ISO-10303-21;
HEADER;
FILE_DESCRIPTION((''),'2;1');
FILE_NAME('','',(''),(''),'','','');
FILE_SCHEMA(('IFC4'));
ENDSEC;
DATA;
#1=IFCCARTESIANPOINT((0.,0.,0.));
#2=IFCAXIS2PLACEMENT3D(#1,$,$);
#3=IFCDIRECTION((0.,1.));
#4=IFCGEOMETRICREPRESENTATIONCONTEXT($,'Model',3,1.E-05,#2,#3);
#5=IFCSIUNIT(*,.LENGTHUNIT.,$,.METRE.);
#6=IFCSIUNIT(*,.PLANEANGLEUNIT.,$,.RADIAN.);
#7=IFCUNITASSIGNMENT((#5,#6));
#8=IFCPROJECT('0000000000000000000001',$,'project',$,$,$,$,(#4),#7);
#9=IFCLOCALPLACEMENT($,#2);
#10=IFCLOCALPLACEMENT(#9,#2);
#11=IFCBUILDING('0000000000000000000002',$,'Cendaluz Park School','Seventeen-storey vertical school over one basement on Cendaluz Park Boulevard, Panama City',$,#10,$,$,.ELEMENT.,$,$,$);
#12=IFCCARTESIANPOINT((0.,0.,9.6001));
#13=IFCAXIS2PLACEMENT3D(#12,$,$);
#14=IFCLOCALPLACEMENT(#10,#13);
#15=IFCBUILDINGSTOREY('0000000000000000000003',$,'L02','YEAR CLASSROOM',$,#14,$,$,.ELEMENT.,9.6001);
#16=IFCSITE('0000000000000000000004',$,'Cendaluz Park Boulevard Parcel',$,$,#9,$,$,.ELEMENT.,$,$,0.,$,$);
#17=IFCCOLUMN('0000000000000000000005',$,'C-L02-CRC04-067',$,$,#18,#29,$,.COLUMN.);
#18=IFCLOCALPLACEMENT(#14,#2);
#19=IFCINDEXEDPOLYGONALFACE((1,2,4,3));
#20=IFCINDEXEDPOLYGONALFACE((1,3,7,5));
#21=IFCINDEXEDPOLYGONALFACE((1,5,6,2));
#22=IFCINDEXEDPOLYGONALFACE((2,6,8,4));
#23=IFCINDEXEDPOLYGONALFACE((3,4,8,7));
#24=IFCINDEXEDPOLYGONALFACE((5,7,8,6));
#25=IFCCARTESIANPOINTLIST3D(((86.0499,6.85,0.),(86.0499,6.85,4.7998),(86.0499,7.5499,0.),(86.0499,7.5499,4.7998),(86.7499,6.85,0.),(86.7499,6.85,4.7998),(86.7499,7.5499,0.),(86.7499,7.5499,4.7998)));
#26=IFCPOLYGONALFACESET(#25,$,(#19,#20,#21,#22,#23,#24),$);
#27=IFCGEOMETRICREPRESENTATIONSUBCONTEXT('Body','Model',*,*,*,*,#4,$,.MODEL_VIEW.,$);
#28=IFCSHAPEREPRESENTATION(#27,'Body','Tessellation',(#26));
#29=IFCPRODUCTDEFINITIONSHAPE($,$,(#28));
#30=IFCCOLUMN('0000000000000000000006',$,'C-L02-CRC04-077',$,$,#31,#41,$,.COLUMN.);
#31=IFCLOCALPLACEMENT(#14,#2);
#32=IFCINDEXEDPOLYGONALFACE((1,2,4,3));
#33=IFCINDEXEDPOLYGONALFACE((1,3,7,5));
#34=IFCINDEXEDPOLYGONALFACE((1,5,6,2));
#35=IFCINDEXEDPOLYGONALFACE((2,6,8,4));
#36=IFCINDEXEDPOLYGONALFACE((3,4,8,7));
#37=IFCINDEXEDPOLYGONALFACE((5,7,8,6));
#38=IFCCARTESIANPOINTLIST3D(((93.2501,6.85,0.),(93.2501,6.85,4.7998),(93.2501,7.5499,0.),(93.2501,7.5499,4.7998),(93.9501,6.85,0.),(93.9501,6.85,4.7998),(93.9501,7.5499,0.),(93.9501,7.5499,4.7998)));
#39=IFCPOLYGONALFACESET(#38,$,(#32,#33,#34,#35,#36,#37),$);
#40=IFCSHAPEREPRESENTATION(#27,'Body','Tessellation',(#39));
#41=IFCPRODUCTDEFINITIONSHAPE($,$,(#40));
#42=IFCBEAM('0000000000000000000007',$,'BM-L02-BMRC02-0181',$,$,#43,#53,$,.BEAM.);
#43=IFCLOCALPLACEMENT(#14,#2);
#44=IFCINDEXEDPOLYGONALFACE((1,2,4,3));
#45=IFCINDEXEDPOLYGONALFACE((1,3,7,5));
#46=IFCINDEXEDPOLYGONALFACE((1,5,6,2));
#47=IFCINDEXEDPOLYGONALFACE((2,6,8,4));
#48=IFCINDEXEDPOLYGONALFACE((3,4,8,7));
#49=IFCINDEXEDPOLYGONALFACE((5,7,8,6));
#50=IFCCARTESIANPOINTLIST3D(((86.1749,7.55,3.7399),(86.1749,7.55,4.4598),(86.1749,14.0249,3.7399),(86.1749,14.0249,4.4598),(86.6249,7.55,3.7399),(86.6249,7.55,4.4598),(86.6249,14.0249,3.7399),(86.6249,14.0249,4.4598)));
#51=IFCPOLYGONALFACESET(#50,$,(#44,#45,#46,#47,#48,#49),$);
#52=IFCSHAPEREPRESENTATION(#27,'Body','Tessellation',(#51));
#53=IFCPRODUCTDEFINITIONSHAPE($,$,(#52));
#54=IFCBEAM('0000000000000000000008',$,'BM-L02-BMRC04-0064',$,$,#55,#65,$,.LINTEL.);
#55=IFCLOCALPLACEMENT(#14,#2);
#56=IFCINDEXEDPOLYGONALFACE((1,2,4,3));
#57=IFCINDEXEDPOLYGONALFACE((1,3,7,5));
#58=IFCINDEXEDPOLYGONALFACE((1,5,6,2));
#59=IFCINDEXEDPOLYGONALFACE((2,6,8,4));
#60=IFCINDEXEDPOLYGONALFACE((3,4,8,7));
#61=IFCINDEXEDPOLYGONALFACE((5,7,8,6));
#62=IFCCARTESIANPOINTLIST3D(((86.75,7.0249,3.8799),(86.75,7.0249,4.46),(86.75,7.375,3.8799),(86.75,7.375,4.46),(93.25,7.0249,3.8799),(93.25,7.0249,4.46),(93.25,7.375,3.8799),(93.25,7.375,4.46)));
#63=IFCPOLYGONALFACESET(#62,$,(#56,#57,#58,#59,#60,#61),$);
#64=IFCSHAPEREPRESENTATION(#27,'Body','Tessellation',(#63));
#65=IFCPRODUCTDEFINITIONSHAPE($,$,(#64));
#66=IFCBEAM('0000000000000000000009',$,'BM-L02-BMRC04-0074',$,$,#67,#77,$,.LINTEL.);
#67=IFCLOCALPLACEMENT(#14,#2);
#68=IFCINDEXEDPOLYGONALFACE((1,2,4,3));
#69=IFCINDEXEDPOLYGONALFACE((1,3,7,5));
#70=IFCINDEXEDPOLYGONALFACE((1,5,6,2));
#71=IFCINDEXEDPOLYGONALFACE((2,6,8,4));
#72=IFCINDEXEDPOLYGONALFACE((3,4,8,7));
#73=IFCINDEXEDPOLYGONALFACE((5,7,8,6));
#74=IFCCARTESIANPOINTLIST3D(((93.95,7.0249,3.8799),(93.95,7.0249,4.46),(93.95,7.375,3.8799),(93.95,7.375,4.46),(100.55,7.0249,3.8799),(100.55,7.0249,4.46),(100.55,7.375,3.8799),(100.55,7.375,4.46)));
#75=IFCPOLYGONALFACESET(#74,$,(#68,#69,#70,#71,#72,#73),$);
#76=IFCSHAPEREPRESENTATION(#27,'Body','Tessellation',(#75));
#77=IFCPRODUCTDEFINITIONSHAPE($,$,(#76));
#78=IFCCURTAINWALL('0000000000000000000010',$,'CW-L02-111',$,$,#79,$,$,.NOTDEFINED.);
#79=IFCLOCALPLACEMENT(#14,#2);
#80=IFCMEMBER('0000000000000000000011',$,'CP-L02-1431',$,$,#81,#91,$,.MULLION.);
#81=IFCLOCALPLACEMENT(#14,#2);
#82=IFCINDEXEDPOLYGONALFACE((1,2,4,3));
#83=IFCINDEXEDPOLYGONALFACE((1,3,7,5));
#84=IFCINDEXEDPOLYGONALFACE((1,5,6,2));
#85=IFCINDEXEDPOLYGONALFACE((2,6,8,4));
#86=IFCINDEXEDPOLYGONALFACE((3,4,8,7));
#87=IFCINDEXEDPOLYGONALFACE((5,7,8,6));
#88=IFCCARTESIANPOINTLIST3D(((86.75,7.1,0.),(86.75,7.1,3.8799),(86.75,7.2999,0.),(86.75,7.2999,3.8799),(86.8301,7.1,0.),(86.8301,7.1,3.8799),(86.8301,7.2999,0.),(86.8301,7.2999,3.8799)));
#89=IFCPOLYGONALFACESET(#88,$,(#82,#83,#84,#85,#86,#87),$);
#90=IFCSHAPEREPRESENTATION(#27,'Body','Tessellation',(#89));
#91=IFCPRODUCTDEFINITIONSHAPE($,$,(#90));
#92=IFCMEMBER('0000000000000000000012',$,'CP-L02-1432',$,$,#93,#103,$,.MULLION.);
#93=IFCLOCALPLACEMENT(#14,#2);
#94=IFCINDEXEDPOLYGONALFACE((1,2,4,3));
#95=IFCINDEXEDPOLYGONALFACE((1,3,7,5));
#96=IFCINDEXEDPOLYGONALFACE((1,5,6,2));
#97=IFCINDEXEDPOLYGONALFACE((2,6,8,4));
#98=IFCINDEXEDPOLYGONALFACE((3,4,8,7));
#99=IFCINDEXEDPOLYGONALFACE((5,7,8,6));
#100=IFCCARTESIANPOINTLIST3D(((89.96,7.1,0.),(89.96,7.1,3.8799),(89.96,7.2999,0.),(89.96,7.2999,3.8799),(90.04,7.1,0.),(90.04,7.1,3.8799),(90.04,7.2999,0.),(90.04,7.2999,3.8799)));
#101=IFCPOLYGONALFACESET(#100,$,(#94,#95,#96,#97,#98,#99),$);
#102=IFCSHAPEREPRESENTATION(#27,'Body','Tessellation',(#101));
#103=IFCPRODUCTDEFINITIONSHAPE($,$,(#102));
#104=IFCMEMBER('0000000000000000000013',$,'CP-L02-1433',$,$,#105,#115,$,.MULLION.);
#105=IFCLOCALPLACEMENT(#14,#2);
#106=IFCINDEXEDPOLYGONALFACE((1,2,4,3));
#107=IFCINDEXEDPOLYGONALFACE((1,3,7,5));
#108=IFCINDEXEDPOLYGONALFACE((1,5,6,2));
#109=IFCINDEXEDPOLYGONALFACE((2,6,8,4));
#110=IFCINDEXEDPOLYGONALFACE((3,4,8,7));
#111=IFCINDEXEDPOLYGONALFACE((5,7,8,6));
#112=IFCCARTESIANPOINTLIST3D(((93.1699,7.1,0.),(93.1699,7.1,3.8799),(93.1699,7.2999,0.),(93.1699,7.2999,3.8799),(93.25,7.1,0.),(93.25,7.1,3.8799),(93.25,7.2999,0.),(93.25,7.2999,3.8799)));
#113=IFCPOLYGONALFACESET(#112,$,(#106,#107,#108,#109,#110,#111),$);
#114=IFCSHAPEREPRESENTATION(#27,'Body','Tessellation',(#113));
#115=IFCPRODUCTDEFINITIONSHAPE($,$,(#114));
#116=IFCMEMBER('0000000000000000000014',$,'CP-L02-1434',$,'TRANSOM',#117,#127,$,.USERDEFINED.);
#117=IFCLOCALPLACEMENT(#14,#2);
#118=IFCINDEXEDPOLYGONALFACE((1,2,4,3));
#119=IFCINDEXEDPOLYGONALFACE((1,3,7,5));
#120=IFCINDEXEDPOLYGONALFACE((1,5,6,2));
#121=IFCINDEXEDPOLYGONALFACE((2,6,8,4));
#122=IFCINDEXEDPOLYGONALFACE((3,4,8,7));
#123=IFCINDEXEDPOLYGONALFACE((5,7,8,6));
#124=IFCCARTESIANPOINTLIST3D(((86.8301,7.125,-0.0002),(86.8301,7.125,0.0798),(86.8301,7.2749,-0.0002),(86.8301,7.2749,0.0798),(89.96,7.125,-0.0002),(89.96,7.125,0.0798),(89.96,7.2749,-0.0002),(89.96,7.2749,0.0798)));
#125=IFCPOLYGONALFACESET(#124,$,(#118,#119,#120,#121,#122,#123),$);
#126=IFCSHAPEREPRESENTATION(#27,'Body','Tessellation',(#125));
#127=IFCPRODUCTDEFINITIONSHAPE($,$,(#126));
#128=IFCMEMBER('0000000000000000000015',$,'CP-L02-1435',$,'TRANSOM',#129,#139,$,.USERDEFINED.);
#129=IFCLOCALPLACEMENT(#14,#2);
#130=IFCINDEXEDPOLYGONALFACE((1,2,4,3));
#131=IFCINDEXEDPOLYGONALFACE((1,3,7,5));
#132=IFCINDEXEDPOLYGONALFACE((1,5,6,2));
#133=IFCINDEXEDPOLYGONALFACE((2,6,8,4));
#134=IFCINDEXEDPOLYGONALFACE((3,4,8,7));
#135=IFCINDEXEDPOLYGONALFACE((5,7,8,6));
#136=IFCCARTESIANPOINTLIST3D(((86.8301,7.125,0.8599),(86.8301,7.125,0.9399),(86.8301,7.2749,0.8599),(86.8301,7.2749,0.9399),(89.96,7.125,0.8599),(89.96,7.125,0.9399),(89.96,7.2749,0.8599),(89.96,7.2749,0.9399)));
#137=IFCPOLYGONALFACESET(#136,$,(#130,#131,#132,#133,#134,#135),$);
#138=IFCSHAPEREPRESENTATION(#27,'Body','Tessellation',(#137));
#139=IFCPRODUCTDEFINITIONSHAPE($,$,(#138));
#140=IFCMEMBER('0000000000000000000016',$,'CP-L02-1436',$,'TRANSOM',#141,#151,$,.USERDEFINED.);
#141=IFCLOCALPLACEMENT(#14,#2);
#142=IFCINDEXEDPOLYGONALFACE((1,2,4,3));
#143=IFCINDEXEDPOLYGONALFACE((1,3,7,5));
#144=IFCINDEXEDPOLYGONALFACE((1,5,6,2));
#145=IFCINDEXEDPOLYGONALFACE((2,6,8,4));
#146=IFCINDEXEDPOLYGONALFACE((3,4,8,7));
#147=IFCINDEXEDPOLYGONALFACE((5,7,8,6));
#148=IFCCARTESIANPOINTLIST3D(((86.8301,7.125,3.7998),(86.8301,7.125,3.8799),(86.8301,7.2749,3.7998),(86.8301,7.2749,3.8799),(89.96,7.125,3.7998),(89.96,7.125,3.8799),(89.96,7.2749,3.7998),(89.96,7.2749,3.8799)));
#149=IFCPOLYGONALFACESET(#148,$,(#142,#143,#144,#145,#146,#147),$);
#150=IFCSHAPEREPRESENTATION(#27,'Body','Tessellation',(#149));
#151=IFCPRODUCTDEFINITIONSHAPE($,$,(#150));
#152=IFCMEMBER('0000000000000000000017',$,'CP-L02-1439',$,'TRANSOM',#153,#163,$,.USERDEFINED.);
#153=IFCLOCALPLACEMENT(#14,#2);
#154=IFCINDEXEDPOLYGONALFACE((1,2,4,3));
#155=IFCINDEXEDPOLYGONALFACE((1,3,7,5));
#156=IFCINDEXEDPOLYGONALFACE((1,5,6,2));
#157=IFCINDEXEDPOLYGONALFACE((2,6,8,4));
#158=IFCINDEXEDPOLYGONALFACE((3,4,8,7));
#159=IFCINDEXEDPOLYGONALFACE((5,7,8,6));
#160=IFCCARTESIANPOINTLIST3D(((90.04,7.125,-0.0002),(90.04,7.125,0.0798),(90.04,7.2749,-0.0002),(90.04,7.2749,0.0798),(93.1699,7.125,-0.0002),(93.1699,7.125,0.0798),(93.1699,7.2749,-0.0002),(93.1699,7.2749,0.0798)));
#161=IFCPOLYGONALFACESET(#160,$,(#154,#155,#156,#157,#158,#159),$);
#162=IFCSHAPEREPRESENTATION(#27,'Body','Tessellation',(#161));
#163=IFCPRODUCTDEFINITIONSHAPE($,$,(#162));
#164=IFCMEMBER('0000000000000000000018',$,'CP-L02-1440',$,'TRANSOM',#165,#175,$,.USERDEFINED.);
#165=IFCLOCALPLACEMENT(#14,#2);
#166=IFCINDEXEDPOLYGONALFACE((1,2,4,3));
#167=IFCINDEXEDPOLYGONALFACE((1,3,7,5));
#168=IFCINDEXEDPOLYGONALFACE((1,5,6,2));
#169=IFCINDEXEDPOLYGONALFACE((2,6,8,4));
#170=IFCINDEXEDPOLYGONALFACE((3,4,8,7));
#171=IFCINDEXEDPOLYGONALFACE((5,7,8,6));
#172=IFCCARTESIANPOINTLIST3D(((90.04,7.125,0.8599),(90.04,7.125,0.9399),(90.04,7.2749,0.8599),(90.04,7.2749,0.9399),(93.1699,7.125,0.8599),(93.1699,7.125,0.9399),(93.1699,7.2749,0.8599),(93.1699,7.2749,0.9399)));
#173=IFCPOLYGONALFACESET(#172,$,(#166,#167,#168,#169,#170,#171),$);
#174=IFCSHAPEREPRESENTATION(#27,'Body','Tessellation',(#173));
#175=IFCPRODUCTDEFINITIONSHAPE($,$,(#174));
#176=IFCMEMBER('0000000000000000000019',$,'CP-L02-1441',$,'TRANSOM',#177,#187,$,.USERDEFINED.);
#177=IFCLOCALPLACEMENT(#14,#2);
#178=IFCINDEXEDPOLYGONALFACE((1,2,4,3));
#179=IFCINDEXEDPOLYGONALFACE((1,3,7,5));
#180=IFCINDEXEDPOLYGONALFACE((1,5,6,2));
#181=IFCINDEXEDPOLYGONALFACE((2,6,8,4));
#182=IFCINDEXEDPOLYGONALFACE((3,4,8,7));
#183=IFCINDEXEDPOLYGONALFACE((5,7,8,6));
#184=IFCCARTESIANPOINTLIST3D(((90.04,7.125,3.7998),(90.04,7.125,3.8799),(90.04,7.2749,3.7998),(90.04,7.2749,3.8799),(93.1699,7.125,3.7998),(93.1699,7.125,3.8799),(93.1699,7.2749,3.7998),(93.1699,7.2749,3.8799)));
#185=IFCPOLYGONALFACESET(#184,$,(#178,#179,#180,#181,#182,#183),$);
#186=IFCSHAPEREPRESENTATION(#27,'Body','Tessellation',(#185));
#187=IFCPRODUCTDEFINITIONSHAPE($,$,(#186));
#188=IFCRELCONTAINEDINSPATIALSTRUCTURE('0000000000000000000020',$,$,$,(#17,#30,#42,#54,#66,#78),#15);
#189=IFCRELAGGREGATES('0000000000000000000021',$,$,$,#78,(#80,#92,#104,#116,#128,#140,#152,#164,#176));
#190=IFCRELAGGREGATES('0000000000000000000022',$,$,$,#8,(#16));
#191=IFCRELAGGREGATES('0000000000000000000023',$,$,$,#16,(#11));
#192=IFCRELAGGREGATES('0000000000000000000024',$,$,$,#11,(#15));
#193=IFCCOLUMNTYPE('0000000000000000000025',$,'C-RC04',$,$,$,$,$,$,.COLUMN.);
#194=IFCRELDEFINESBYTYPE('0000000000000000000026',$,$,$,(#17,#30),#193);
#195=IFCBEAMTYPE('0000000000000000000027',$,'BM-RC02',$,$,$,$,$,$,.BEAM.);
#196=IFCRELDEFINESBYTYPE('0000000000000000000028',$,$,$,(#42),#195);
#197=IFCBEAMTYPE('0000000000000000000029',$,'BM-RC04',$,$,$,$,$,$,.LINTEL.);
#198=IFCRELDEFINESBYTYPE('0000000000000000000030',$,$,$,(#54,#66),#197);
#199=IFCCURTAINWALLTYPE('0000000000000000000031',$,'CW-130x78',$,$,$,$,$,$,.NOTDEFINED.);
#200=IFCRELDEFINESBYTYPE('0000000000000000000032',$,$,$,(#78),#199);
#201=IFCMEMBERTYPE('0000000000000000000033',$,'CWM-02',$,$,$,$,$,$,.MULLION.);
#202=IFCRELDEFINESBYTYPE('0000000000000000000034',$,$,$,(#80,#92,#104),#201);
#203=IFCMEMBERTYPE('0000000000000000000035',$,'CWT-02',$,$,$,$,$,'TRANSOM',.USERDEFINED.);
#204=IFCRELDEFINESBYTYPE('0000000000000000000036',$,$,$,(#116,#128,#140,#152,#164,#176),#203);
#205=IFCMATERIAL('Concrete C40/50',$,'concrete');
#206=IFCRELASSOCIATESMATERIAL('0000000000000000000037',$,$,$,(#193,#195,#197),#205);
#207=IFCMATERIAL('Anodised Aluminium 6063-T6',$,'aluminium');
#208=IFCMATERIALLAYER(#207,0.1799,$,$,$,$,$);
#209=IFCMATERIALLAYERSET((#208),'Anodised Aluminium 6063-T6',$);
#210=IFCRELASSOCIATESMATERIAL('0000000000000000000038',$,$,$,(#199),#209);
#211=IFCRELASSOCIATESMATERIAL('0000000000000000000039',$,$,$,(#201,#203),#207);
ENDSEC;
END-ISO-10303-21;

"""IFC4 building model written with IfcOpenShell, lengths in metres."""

from ifc_helpers import new_model, si_unit, direction, frame, origin, origin_2d, place, context, subcontext, project, spatial, rectangle, extrude, material, layer, layer_set, material_profile, profile_set, type_object, element, aggregate, save


model = new_model("IFC4")

# Units and contexts
model_context = context("Model", 3, precision=1e-05, world=origin(), true_north=direction((0.0, 1.0)))
body_context = subcontext(model_context, "Body", "Model", "MODEL_VIEW")
ifc_project = project(units=[si_unit("LENGTHUNIT", "METRE"), si_unit("PLANEANGLEUNIT", "RADIAN")], contexts=[model_context])

# Site, building, storey
site_placement = place(None, origin())
site = spatial("IfcSite", under=ifc_project, at=site_placement, Name="Cendaluz Park Boulevard Parcel", CompositionType="ELEMENT", RefElevation=0.0)
building_placement = place(site_placement, origin())
building = spatial("IfcBuilding", under=site, at=building_placement, Name="Cendaluz Park School", Description="Seventeen-storey vertical school over one basement on Cendaluz Park Boulevard, Panama City", CompositionType="ELEMENT")
storey_placement = place(building_placement, frame((0.0, 0.0, 9.6001)))
storey = spatial("IfcBuildingStorey", under=building, at=storey_placement, Name="L02", Description="YEAR CLASSROOM", CompositionType="ELEMENT", Elevation=9.6001)

# Columns
ifc_material_1 = material(Name="Concrete C40/50", Category="concrete")
ifc_material_profile_1 = material_profile(ifc_material_1, rectangle(XDim=0.7, YDim=0.7, at=origin_2d()), Name="RC 700x700", Category="concrete")
ifc_profile_set_1 = profile_set([ifc_material_profile_1], Name="Concrete C40/50")
column_type = type_object("IfcColumnType", Name="C-RC04", PredefinedType="COLUMN", material=ifc_profile_set_1)
for number, where, z_axis, x_axis, name in (
    (1, (86.3999, 7.2, 0.0), (0.0, 0.0, 1.0), (1.0, 0.0, 0.0), "C-L02-CRC04-067"),
    (2, (93.6001, 7.2, 0.0), (0.0, 0.0, 1.0), (1.0, 0.0, 0.0), "C-L02-CRC04-077"),
):
    element("IfcColumn", number, at=place(storey_placement, frame(where, z_axis=z_axis, x_axis=x_axis)), inside=storey, type_object=column_type, Name=name, PredefinedType="COLUMN", context=body_context, shape_type="SweptSolid", body=[
        extrude(rectangle(XDim=0.7, YDim=0.7, at=origin_2d()), origin(), (0.0, 0.0, 1.0), 4.7998),
    ])

# Beams
ifc_material_profile_2 = material_profile(ifc_material_1, rectangle(XDim=0.45, YDim=0.72, at=origin_2d()), Name="RC 450x720", Category="concrete")
ifc_profile_set_2 = profile_set([ifc_material_profile_2], Name="Concrete C40/50")
beam_type_1 = type_object("IfcBeamType", Name="BM-RC02", PredefinedType="BEAM", material=ifc_profile_set_2)
beam_1_placement = place(storey_placement, frame((86.3999, 7.55, 4.0999), z_axis=(0.0, 1.0, 0.0), x_axis=(-1.0, 0.0, 0.0)))
element("IfcBeam", 3, at=beam_1_placement, inside=storey, type_object=beam_type_1, Name="BM-L02-BMRC02-0181", PredefinedType="BEAM", context=body_context, shape_type="SweptSolid", body=[
    extrude(rectangle(XDim=0.45, YDim=0.72, at=origin_2d()), origin(), (0.0, 0.0, 1.0), 6.4749),
])
ifc_material_profile_3 = material_profile(ifc_material_1, rectangle(XDim=0.3501, YDim=0.5801, at=origin_2d()), Name="RC 350x580", Category="concrete")
ifc_profile_set_3 = profile_set([ifc_material_profile_3], Name="Concrete C40/50")
beam_type_2 = type_object("IfcBeamType", Name="BM-RC04", PredefinedType="LINTEL", material=ifc_profile_set_3)
beam_2_placement = place(storey_placement, frame((86.75, 7.2, 4.1699), z_axis=(1.0, 0.0, 0.0), x_axis=(0.0, 1.0, 0.0)))
element("IfcBeam", 4, at=beam_2_placement, inside=storey, type_object=beam_type_2, Name="BM-L02-BMRC04-0064", PredefinedType="LINTEL", context=body_context, shape_type="SweptSolid", body=[
    extrude(rectangle(XDim=0.3501, YDim=0.5801, at=origin_2d()), origin(), (0.0, 0.0, 1.0), 6.5),
])
beam_3_placement = place(storey_placement, frame((93.95, 7.2, 4.1699), z_axis=(1.0, 0.0, 0.0), x_axis=(0.0, 1.0, 0.0)))
element("IfcBeam", 5, at=beam_3_placement, inside=storey, type_object=beam_type_2, Name="BM-L02-BMRC04-0074", PredefinedType="LINTEL", context=body_context, shape_type="SweptSolid", body=[
    extrude(rectangle(XDim=0.3501, YDim=0.5801, at=origin_2d()), origin(), (0.0, 0.0, 1.0), 6.6001),
])

# Curtain wall, members
ifc_material_2 = material(Name="Anodised Aluminium 6063-T6", Category="aluminium")
ifc_layer_1 = layer(ifc_material_2, 0.1799)
ifc_layer_set_1 = layer_set([ifc_layer_1], Name="Anodised Aluminium 6063-T6")
curtain_wall_type = type_object("IfcCurtainWallType", Name="CW-130x78", PredefinedType="NOTDEFINED", material=ifc_layer_set_1)
curtain_wall_placement = place(storey_placement, origin())
curtain_wall = element("IfcCurtainWall", 6, at=curtain_wall_placement, inside=storey, type_object=curtain_wall_type, Name="CW-L02-111", PredefinedType="NOTDEFINED")
ifc_material_profile_4 = material_profile(ifc_material_2, rectangle(XDim=0.2, YDim=0.0801, at=origin_2d()), Name="CWM 200x80", Category="aluminium")
ifc_profile_set_4 = profile_set([ifc_material_profile_4], Name="Anodised Aluminium 6063-T6")
member_type_1 = type_object("IfcMemberType", Name="CWM-02", PredefinedType="MULLION", material=ifc_profile_set_4)
member_1_placement = place(storey_placement, frame((86.79, 7.2, 0.0), z_axis=(0.0, 0.0, 1.0), x_axis=(0.0, 1.0, 0.0)))
member_1 = element("IfcMember", 7, at=member_1_placement, type_object=member_type_1, Name="CP-L02-1431", PredefinedType="MULLION", context=body_context, shape_type="SweptSolid", body=[
    extrude(rectangle(XDim=0.2, YDim=0.0801, at=origin_2d()), origin(), (0.0, 0.0, 1.0), 3.8799),
])
member_2_placement = place(storey_placement, frame((90.0, 7.2, 0.0), z_axis=(0.0, 0.0, 1.0), x_axis=(0.0, 1.0, 0.0)))
member_2 = element("IfcMember", 8, at=member_2_placement, type_object=member_type_1, Name="CP-L02-1432", PredefinedType="MULLION", context=body_context, shape_type="SweptSolid", body=[
    extrude(rectangle(XDim=0.2, YDim=0.0801, at=origin_2d()), origin(), (0.0, 0.0, 1.0), 3.8799),
])
member_3_placement = place(storey_placement, frame((93.21, 7.2, 0.0), z_axis=(0.0, 0.0, 1.0), x_axis=(0.0, 1.0, 0.0)))
member_3 = element("IfcMember", 9, at=member_3_placement, type_object=member_type_1, Name="CP-L02-1433", PredefinedType="MULLION", context=body_context, shape_type="SweptSolid", body=[
    extrude(rectangle(XDim=0.2, YDim=0.0801, at=origin_2d()), origin(), (0.0, 0.0, 1.0), 3.8799),
])
ifc_material_profile_5 = material_profile(ifc_material_2, rectangle(XDim=0.1499, YDim=0.0801, at=origin_2d()), Name="CWT 150x80", Category="aluminium")
ifc_profile_set_5 = profile_set([ifc_material_profile_5], Name="Anodised Aluminium 6063-T6")
member_type_2 = type_object("IfcMemberType", Name="CWT-02", ElementType="TRANSOM", PredefinedType="USERDEFINED", material=ifc_profile_set_5)
member_4_placement = place(storey_placement, frame((86.8301, 7.2, 0.0398), z_axis=(1.0, 0.0, 0.0), x_axis=(0.0, 1.0, 0.0)))
member_4 = element("IfcMember", 10, at=member_4_placement, type_object=member_type_2, Name="CP-L02-1434", ObjectType="TRANSOM", PredefinedType="USERDEFINED", context=body_context, shape_type="SweptSolid", body=[
    extrude(rectangle(XDim=0.1499, YDim=0.0801, at=origin_2d()), origin(), (0.0, 0.0, 1.0), 3.1299),
])
member_5_placement = place(storey_placement, frame((86.8301, 7.2, 0.8999), z_axis=(1.0, 0.0, 0.0), x_axis=(0.0, 1.0, 0.0)))
member_5 = element("IfcMember", 11, at=member_5_placement, type_object=member_type_2, Name="CP-L02-1435", ObjectType="TRANSOM", PredefinedType="USERDEFINED", context=body_context, shape_type="SweptSolid", body=[
    extrude(rectangle(XDim=0.1499, YDim=0.0801, at=origin_2d()), origin(), (0.0, 0.0, 1.0), 3.1299),
])
member_6_placement = place(storey_placement, frame((86.8301, 7.2, 3.8398), z_axis=(1.0, 0.0, 0.0), x_axis=(0.0, 1.0, 0.0)))
member_6 = element("IfcMember", 12, at=member_6_placement, type_object=member_type_2, Name="CP-L02-1436", ObjectType="TRANSOM", PredefinedType="USERDEFINED", context=body_context, shape_type="SweptSolid", body=[
    extrude(rectangle(XDim=0.1499, YDim=0.0801, at=origin_2d()), origin(), (0.0, 0.0, 1.0), 3.1299),
])
member_7_placement = place(storey_placement, frame((90.04, 7.2, 0.0398), z_axis=(1.0, 0.0, 0.0), x_axis=(0.0, 1.0, 0.0)))
member_7 = element("IfcMember", 13, at=member_7_placement, type_object=member_type_2, Name="CP-L02-1439", ObjectType="TRANSOM", PredefinedType="USERDEFINED", context=body_context, shape_type="SweptSolid", body=[
    extrude(rectangle(XDim=0.1499, YDim=0.0801, at=origin_2d()), origin(), (0.0, 0.0, 1.0), 3.1299),
])
member_8_placement = place(storey_placement, frame((90.04, 7.2, 0.8999), z_axis=(1.0, 0.0, 0.0), x_axis=(0.0, 1.0, 0.0)))
member_8 = element("IfcMember", 14, at=member_8_placement, type_object=member_type_2, Name="CP-L02-1440", ObjectType="TRANSOM", PredefinedType="USERDEFINED", context=body_context, shape_type="SweptSolid", body=[
    extrude(rectangle(XDim=0.1499, YDim=0.0801, at=origin_2d()), origin(), (0.0, 0.0, 1.0), 3.1299),
])
member_9_placement = place(storey_placement, frame((90.04, 7.2, 3.8398), z_axis=(1.0, 0.0, 0.0), x_axis=(0.0, 1.0, 0.0)))
member_9 = element("IfcMember", 15, at=member_9_placement, type_object=member_type_2, Name="CP-L02-1441", ObjectType="TRANSOM", PredefinedType="USERDEFINED", context=body_context, shape_type="SweptSolid", body=[
    extrude(rectangle(XDim=0.1499, YDim=0.0801, at=origin_2d()), origin(), (0.0, 0.0, 1.0), 3.1299),
])
aggregate(curtain_wall, [member_1, member_2, member_3, member_4, member_5, member_6, member_7, member_8, member_9])

save(model, "model.ifc")
